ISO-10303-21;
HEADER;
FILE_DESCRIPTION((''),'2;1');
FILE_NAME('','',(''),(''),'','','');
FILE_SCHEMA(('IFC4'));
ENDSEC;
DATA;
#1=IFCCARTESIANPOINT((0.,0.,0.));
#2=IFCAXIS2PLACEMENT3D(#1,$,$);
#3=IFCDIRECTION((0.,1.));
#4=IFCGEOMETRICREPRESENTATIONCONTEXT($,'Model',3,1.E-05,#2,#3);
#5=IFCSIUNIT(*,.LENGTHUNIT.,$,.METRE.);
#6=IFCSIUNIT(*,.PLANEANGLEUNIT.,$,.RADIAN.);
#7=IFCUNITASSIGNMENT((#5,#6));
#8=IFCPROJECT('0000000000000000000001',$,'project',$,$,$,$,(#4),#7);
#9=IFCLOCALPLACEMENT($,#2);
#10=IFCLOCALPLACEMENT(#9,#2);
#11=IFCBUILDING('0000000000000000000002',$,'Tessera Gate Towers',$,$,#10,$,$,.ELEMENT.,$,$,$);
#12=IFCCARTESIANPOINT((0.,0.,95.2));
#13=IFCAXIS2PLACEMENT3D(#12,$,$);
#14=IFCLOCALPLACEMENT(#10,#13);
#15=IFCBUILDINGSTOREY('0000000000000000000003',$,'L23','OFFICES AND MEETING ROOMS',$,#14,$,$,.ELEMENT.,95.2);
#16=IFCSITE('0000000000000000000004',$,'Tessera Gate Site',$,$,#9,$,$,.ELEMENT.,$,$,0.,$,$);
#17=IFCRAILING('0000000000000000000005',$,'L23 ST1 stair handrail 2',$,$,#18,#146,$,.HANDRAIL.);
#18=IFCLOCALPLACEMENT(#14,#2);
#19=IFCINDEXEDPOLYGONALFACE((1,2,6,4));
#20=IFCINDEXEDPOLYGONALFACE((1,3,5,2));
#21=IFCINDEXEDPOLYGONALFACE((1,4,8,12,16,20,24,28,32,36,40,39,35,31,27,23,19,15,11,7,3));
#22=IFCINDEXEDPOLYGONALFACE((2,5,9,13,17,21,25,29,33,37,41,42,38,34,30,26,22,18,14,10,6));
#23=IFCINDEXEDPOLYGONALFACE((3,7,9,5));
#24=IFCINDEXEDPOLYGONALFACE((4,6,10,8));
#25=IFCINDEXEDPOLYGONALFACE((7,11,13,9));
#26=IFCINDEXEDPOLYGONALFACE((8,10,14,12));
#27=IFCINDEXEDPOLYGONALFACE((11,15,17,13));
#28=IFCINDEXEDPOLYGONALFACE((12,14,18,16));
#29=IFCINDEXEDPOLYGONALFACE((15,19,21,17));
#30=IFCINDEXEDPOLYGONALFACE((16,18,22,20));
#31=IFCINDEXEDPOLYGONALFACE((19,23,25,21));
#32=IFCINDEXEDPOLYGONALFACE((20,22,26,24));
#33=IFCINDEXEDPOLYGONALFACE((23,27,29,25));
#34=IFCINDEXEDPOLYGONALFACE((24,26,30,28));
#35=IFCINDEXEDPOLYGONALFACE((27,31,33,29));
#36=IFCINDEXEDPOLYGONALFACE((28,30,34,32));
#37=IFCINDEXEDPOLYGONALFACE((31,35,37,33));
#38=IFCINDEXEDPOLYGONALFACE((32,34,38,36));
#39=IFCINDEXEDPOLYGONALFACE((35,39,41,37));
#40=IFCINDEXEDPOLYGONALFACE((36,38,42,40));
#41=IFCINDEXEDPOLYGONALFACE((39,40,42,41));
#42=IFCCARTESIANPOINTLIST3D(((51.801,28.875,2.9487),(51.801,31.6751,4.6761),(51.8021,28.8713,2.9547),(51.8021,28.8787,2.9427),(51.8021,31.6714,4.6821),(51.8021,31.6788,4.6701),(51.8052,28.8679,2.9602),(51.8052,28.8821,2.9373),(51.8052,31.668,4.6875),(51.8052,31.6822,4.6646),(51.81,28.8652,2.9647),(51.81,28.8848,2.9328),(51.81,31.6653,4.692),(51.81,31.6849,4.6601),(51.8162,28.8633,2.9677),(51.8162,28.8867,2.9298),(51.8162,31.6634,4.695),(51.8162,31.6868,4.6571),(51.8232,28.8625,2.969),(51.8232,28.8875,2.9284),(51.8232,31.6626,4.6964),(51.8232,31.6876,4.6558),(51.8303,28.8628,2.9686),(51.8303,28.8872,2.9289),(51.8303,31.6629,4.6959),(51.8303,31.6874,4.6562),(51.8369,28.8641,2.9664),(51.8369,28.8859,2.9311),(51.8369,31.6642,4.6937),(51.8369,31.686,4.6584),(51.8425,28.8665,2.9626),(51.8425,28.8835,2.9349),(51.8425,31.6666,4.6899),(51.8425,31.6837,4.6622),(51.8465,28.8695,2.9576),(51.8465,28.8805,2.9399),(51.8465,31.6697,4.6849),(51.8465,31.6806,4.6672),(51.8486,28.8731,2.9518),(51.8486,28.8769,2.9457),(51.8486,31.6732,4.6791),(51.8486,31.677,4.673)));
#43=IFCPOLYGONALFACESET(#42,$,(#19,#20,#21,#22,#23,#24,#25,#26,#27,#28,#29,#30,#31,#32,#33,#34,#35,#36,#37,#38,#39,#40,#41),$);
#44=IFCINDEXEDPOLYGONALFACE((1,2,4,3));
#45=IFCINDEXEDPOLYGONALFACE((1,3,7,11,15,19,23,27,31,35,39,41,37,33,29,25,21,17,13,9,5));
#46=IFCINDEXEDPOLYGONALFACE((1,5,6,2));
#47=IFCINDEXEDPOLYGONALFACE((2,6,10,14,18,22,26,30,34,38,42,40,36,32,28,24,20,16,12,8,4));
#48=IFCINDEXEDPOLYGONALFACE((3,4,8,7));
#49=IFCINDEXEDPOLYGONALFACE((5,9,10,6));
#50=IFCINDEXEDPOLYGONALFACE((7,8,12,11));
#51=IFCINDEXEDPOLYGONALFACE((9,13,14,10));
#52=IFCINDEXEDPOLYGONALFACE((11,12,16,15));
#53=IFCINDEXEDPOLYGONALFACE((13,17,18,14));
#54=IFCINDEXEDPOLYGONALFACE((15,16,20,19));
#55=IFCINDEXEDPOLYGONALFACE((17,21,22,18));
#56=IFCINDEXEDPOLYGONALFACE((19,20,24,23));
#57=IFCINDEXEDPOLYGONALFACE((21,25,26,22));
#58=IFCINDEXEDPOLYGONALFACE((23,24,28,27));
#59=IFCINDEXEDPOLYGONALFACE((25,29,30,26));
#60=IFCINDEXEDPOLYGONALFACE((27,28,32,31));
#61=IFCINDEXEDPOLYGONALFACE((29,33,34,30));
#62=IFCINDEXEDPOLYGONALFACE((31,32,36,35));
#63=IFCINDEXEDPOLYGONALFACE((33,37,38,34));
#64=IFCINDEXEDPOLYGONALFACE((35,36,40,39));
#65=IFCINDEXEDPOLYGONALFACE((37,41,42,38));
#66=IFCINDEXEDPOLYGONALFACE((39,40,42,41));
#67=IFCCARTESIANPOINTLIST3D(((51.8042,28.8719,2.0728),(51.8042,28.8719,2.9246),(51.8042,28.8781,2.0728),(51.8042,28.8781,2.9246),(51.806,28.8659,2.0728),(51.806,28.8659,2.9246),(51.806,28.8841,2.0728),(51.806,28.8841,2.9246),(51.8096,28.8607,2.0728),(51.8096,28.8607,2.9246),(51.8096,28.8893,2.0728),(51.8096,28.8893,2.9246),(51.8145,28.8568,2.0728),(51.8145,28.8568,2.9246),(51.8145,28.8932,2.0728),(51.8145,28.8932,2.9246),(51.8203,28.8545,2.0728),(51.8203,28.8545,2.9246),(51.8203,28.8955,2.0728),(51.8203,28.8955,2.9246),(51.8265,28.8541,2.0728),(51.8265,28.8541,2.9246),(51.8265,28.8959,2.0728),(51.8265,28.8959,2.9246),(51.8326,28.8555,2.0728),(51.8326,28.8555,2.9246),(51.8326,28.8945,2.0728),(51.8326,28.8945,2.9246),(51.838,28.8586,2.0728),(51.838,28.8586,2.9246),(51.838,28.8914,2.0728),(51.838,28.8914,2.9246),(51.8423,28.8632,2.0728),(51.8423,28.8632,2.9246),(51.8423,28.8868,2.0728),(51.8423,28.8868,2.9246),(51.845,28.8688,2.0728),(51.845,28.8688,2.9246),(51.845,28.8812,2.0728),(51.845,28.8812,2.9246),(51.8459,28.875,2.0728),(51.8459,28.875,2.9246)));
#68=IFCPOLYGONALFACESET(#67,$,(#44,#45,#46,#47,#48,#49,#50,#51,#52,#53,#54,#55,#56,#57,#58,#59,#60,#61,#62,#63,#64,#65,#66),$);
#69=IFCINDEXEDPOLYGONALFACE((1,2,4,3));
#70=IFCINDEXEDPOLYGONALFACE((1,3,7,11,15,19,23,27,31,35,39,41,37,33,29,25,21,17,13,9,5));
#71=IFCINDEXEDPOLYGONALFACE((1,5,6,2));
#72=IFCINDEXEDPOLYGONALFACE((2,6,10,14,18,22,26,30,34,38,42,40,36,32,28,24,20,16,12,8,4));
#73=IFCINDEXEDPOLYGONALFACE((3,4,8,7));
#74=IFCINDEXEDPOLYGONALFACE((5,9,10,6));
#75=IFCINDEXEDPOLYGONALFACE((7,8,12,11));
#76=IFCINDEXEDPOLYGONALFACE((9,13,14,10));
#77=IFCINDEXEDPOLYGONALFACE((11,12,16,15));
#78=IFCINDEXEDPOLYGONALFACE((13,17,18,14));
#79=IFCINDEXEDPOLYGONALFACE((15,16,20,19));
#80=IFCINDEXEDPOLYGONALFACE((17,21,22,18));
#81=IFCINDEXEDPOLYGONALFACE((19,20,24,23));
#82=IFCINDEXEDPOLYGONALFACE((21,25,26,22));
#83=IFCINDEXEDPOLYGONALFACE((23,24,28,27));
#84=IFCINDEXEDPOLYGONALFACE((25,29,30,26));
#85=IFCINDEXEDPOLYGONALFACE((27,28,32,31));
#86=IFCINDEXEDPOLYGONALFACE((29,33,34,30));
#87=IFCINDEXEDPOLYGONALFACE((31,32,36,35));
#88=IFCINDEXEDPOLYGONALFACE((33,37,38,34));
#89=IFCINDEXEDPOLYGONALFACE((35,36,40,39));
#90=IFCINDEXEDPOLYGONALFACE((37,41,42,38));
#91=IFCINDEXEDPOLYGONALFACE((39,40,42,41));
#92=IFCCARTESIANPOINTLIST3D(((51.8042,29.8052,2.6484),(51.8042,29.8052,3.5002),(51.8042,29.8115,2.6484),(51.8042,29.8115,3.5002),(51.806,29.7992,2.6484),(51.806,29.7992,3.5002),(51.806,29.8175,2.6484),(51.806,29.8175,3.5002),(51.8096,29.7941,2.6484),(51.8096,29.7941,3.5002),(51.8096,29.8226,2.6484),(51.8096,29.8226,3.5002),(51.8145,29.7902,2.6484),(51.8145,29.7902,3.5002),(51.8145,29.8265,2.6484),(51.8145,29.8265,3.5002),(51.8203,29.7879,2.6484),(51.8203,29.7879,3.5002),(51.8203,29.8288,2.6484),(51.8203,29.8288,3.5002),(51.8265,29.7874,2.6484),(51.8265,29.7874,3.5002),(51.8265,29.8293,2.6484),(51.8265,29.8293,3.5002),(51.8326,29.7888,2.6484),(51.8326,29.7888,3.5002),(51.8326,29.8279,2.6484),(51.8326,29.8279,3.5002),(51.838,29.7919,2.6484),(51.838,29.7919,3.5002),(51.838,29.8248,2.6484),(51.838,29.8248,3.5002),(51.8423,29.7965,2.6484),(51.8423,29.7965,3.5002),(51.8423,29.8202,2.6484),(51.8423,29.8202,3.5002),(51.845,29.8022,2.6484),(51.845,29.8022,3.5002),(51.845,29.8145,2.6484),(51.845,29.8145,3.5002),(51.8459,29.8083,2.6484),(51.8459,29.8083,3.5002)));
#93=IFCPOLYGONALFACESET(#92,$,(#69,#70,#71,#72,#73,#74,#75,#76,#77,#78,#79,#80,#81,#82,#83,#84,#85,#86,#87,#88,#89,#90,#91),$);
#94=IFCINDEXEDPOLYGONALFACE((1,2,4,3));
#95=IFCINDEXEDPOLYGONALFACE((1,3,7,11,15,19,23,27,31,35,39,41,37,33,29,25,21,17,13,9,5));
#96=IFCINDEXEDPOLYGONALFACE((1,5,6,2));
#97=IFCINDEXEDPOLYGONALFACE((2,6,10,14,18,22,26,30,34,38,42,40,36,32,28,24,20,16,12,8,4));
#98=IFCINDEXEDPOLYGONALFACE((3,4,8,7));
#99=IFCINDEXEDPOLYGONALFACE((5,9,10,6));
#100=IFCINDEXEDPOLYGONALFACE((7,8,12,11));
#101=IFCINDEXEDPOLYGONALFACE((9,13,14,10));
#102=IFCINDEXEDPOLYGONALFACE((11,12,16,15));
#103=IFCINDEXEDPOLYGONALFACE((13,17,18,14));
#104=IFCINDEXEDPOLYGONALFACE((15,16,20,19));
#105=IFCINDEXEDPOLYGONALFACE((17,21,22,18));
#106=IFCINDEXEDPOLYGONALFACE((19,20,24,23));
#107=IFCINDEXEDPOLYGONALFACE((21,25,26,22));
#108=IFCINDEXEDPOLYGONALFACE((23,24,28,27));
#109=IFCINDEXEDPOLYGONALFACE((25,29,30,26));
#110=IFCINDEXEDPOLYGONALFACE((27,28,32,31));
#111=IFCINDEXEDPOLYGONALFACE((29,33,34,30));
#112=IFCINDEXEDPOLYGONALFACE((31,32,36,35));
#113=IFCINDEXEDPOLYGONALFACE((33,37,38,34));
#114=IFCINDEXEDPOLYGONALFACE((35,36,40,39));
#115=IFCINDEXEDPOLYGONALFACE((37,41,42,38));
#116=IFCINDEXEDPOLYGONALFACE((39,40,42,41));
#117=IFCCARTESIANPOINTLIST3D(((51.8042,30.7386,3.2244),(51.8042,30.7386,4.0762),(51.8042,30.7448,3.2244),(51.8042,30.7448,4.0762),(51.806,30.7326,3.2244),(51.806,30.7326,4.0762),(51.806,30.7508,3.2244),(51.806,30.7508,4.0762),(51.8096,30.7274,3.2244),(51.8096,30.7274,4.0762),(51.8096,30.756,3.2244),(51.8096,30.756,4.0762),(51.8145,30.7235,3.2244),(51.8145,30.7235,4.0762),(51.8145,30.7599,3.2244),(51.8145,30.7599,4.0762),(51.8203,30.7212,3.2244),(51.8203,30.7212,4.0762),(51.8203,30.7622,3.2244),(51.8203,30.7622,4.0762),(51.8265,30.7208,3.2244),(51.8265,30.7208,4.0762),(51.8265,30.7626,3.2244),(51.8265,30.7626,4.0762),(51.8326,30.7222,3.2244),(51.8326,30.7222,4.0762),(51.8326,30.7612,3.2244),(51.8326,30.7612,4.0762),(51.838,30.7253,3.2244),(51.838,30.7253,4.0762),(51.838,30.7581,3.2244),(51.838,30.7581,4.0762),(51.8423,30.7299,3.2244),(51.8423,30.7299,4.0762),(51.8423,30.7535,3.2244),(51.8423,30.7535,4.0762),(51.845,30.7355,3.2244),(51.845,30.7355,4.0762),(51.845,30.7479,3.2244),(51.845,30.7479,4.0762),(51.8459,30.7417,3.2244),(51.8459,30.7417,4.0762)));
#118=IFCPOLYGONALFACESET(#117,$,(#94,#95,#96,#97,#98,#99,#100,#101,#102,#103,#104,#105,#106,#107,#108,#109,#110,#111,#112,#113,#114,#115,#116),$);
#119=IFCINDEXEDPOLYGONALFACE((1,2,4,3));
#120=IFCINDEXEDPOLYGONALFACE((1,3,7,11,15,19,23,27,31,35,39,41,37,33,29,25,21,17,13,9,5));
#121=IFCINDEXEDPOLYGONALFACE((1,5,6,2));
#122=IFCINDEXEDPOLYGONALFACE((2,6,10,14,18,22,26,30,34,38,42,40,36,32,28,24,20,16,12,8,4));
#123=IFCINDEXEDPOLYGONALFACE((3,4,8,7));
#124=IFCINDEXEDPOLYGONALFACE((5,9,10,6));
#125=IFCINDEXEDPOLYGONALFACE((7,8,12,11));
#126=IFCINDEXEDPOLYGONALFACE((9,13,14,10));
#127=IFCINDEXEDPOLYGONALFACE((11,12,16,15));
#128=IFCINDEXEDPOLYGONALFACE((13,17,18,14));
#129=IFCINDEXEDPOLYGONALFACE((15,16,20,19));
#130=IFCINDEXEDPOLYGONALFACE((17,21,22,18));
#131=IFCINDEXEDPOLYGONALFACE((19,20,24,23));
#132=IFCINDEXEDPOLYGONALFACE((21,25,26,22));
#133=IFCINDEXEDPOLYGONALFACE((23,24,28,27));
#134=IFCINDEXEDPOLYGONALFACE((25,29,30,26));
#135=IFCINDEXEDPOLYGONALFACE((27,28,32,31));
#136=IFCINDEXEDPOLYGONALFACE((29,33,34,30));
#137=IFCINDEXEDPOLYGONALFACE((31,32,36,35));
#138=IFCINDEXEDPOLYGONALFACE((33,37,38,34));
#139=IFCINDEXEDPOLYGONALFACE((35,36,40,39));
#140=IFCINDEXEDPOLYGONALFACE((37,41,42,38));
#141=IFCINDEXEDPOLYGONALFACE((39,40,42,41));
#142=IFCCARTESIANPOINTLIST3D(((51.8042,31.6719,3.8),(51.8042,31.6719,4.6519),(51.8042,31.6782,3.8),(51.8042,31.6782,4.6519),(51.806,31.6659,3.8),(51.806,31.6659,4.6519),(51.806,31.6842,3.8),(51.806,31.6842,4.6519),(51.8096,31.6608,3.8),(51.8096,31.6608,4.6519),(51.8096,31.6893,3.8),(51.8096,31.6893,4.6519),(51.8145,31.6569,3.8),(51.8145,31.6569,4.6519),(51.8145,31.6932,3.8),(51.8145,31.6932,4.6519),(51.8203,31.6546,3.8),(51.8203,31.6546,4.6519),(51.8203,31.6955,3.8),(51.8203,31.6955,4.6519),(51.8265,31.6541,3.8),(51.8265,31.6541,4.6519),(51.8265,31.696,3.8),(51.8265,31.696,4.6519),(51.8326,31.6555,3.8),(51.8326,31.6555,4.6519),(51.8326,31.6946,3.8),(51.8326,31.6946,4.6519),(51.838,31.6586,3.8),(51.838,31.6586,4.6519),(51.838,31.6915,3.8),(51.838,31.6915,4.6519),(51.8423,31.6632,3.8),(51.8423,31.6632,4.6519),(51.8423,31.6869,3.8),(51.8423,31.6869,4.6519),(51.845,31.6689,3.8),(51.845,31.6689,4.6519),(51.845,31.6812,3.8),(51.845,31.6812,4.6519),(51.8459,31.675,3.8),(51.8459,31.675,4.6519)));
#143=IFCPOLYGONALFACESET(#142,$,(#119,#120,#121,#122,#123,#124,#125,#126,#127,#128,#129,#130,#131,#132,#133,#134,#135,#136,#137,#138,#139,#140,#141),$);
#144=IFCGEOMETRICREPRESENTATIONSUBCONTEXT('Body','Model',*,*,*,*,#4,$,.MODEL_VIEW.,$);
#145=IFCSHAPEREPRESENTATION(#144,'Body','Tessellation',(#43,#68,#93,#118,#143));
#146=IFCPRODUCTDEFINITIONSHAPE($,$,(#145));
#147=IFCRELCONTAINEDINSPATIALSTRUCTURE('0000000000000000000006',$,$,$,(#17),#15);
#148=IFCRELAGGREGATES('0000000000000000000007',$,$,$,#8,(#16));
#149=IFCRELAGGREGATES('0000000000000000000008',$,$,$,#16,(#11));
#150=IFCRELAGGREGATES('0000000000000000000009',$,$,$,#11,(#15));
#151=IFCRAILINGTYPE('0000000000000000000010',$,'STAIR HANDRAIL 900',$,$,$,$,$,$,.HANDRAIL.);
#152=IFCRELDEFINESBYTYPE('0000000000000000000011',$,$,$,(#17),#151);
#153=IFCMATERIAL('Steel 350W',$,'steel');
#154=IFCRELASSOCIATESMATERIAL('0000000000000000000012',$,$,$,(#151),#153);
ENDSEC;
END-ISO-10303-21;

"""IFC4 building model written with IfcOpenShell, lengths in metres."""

from ifc_helpers import new_model, si_unit, direction, frame, origin, origin_2d, place, context, subcontext, project, spatial, circle, extrude, material, type_object, element, save


model = new_model("IFC4")

# Units and contexts
model_context = context("Model", 3, precision=1e-05, world=origin(), true_north=direction((0.0, 1.0)))
body_context = subcontext(model_context, "Body", "Model", "MODEL_VIEW")
ifc_project = project(units=[si_unit("LENGTHUNIT", "METRE"), si_unit("PLANEANGLEUNIT", "RADIAN")], contexts=[model_context])

# Site, building, storey
site_placement = place(None, origin())
site = spatial("IfcSite", under=ifc_project, at=site_placement, Name="Tessera Gate Site", CompositionType="ELEMENT", RefElevation=0.0)
building_placement = place(site_placement, origin())
building = spatial("IfcBuilding", under=site, at=building_placement, Name="Tessera Gate Towers", CompositionType="ELEMENT")
storey_placement = place(building_placement, frame((0.0, 0.0, 95.2)))
storey = spatial("IfcBuildingStorey", under=building, at=storey_placement, Name="L23", Description="OFFICES AND MEETING ROOMS", CompositionType="ELEMENT", Elevation=95.2)

# Railing
ifc_material_1 = material(Name="Steel 350W", Category="steel")
railing_type_1 = type_object("IfcRailingType", Name="STAIR HANDRAIL 900", PredefinedType="HANDRAIL", material=ifc_material_1)
railing_1_placement = place(storey_placement, frame((51.825, 28.875, 2.0728)))
element("IfcRailing", 1, at=railing_1_placement, inside=storey, type_object=railing_type_1, Name="L23 ST1 stair handrail 2", PredefinedType="HANDRAIL", context=body_context, shape_type="SweptSolid", body=[
    extrude(circle(Radius=0.0239, at=origin_2d()), frame((0.0, 0.0, 0.876), z_axis=(0.0, 0.85109, 0.52502), x_axis=(-1.0, 0.0, 0.0)), (0.0, 0.0, 1.0), 3.29),
    extrude(circle(Radius=0.021, at=origin_2d()), origin(), (0.0, 0.0, 1.0), 0.8518),
    extrude(circle(Radius=0.021, at=origin_2d()), frame((0.0, 0.9333, 0.5757)), (0.0, 0.0, 1.0), 0.8518),
    extrude(circle(Radius=0.021, at=origin_2d()), frame((0.0, 1.8667, 1.1516)), (0.0, 0.0, 1.0), 0.8518),
    extrude(circle(Radius=0.021, at=origin_2d()), frame((0.0, 2.8, 1.7273)), (0.0, 0.0, 1.0), 0.8518),
])

save(model, "model.ifc")
